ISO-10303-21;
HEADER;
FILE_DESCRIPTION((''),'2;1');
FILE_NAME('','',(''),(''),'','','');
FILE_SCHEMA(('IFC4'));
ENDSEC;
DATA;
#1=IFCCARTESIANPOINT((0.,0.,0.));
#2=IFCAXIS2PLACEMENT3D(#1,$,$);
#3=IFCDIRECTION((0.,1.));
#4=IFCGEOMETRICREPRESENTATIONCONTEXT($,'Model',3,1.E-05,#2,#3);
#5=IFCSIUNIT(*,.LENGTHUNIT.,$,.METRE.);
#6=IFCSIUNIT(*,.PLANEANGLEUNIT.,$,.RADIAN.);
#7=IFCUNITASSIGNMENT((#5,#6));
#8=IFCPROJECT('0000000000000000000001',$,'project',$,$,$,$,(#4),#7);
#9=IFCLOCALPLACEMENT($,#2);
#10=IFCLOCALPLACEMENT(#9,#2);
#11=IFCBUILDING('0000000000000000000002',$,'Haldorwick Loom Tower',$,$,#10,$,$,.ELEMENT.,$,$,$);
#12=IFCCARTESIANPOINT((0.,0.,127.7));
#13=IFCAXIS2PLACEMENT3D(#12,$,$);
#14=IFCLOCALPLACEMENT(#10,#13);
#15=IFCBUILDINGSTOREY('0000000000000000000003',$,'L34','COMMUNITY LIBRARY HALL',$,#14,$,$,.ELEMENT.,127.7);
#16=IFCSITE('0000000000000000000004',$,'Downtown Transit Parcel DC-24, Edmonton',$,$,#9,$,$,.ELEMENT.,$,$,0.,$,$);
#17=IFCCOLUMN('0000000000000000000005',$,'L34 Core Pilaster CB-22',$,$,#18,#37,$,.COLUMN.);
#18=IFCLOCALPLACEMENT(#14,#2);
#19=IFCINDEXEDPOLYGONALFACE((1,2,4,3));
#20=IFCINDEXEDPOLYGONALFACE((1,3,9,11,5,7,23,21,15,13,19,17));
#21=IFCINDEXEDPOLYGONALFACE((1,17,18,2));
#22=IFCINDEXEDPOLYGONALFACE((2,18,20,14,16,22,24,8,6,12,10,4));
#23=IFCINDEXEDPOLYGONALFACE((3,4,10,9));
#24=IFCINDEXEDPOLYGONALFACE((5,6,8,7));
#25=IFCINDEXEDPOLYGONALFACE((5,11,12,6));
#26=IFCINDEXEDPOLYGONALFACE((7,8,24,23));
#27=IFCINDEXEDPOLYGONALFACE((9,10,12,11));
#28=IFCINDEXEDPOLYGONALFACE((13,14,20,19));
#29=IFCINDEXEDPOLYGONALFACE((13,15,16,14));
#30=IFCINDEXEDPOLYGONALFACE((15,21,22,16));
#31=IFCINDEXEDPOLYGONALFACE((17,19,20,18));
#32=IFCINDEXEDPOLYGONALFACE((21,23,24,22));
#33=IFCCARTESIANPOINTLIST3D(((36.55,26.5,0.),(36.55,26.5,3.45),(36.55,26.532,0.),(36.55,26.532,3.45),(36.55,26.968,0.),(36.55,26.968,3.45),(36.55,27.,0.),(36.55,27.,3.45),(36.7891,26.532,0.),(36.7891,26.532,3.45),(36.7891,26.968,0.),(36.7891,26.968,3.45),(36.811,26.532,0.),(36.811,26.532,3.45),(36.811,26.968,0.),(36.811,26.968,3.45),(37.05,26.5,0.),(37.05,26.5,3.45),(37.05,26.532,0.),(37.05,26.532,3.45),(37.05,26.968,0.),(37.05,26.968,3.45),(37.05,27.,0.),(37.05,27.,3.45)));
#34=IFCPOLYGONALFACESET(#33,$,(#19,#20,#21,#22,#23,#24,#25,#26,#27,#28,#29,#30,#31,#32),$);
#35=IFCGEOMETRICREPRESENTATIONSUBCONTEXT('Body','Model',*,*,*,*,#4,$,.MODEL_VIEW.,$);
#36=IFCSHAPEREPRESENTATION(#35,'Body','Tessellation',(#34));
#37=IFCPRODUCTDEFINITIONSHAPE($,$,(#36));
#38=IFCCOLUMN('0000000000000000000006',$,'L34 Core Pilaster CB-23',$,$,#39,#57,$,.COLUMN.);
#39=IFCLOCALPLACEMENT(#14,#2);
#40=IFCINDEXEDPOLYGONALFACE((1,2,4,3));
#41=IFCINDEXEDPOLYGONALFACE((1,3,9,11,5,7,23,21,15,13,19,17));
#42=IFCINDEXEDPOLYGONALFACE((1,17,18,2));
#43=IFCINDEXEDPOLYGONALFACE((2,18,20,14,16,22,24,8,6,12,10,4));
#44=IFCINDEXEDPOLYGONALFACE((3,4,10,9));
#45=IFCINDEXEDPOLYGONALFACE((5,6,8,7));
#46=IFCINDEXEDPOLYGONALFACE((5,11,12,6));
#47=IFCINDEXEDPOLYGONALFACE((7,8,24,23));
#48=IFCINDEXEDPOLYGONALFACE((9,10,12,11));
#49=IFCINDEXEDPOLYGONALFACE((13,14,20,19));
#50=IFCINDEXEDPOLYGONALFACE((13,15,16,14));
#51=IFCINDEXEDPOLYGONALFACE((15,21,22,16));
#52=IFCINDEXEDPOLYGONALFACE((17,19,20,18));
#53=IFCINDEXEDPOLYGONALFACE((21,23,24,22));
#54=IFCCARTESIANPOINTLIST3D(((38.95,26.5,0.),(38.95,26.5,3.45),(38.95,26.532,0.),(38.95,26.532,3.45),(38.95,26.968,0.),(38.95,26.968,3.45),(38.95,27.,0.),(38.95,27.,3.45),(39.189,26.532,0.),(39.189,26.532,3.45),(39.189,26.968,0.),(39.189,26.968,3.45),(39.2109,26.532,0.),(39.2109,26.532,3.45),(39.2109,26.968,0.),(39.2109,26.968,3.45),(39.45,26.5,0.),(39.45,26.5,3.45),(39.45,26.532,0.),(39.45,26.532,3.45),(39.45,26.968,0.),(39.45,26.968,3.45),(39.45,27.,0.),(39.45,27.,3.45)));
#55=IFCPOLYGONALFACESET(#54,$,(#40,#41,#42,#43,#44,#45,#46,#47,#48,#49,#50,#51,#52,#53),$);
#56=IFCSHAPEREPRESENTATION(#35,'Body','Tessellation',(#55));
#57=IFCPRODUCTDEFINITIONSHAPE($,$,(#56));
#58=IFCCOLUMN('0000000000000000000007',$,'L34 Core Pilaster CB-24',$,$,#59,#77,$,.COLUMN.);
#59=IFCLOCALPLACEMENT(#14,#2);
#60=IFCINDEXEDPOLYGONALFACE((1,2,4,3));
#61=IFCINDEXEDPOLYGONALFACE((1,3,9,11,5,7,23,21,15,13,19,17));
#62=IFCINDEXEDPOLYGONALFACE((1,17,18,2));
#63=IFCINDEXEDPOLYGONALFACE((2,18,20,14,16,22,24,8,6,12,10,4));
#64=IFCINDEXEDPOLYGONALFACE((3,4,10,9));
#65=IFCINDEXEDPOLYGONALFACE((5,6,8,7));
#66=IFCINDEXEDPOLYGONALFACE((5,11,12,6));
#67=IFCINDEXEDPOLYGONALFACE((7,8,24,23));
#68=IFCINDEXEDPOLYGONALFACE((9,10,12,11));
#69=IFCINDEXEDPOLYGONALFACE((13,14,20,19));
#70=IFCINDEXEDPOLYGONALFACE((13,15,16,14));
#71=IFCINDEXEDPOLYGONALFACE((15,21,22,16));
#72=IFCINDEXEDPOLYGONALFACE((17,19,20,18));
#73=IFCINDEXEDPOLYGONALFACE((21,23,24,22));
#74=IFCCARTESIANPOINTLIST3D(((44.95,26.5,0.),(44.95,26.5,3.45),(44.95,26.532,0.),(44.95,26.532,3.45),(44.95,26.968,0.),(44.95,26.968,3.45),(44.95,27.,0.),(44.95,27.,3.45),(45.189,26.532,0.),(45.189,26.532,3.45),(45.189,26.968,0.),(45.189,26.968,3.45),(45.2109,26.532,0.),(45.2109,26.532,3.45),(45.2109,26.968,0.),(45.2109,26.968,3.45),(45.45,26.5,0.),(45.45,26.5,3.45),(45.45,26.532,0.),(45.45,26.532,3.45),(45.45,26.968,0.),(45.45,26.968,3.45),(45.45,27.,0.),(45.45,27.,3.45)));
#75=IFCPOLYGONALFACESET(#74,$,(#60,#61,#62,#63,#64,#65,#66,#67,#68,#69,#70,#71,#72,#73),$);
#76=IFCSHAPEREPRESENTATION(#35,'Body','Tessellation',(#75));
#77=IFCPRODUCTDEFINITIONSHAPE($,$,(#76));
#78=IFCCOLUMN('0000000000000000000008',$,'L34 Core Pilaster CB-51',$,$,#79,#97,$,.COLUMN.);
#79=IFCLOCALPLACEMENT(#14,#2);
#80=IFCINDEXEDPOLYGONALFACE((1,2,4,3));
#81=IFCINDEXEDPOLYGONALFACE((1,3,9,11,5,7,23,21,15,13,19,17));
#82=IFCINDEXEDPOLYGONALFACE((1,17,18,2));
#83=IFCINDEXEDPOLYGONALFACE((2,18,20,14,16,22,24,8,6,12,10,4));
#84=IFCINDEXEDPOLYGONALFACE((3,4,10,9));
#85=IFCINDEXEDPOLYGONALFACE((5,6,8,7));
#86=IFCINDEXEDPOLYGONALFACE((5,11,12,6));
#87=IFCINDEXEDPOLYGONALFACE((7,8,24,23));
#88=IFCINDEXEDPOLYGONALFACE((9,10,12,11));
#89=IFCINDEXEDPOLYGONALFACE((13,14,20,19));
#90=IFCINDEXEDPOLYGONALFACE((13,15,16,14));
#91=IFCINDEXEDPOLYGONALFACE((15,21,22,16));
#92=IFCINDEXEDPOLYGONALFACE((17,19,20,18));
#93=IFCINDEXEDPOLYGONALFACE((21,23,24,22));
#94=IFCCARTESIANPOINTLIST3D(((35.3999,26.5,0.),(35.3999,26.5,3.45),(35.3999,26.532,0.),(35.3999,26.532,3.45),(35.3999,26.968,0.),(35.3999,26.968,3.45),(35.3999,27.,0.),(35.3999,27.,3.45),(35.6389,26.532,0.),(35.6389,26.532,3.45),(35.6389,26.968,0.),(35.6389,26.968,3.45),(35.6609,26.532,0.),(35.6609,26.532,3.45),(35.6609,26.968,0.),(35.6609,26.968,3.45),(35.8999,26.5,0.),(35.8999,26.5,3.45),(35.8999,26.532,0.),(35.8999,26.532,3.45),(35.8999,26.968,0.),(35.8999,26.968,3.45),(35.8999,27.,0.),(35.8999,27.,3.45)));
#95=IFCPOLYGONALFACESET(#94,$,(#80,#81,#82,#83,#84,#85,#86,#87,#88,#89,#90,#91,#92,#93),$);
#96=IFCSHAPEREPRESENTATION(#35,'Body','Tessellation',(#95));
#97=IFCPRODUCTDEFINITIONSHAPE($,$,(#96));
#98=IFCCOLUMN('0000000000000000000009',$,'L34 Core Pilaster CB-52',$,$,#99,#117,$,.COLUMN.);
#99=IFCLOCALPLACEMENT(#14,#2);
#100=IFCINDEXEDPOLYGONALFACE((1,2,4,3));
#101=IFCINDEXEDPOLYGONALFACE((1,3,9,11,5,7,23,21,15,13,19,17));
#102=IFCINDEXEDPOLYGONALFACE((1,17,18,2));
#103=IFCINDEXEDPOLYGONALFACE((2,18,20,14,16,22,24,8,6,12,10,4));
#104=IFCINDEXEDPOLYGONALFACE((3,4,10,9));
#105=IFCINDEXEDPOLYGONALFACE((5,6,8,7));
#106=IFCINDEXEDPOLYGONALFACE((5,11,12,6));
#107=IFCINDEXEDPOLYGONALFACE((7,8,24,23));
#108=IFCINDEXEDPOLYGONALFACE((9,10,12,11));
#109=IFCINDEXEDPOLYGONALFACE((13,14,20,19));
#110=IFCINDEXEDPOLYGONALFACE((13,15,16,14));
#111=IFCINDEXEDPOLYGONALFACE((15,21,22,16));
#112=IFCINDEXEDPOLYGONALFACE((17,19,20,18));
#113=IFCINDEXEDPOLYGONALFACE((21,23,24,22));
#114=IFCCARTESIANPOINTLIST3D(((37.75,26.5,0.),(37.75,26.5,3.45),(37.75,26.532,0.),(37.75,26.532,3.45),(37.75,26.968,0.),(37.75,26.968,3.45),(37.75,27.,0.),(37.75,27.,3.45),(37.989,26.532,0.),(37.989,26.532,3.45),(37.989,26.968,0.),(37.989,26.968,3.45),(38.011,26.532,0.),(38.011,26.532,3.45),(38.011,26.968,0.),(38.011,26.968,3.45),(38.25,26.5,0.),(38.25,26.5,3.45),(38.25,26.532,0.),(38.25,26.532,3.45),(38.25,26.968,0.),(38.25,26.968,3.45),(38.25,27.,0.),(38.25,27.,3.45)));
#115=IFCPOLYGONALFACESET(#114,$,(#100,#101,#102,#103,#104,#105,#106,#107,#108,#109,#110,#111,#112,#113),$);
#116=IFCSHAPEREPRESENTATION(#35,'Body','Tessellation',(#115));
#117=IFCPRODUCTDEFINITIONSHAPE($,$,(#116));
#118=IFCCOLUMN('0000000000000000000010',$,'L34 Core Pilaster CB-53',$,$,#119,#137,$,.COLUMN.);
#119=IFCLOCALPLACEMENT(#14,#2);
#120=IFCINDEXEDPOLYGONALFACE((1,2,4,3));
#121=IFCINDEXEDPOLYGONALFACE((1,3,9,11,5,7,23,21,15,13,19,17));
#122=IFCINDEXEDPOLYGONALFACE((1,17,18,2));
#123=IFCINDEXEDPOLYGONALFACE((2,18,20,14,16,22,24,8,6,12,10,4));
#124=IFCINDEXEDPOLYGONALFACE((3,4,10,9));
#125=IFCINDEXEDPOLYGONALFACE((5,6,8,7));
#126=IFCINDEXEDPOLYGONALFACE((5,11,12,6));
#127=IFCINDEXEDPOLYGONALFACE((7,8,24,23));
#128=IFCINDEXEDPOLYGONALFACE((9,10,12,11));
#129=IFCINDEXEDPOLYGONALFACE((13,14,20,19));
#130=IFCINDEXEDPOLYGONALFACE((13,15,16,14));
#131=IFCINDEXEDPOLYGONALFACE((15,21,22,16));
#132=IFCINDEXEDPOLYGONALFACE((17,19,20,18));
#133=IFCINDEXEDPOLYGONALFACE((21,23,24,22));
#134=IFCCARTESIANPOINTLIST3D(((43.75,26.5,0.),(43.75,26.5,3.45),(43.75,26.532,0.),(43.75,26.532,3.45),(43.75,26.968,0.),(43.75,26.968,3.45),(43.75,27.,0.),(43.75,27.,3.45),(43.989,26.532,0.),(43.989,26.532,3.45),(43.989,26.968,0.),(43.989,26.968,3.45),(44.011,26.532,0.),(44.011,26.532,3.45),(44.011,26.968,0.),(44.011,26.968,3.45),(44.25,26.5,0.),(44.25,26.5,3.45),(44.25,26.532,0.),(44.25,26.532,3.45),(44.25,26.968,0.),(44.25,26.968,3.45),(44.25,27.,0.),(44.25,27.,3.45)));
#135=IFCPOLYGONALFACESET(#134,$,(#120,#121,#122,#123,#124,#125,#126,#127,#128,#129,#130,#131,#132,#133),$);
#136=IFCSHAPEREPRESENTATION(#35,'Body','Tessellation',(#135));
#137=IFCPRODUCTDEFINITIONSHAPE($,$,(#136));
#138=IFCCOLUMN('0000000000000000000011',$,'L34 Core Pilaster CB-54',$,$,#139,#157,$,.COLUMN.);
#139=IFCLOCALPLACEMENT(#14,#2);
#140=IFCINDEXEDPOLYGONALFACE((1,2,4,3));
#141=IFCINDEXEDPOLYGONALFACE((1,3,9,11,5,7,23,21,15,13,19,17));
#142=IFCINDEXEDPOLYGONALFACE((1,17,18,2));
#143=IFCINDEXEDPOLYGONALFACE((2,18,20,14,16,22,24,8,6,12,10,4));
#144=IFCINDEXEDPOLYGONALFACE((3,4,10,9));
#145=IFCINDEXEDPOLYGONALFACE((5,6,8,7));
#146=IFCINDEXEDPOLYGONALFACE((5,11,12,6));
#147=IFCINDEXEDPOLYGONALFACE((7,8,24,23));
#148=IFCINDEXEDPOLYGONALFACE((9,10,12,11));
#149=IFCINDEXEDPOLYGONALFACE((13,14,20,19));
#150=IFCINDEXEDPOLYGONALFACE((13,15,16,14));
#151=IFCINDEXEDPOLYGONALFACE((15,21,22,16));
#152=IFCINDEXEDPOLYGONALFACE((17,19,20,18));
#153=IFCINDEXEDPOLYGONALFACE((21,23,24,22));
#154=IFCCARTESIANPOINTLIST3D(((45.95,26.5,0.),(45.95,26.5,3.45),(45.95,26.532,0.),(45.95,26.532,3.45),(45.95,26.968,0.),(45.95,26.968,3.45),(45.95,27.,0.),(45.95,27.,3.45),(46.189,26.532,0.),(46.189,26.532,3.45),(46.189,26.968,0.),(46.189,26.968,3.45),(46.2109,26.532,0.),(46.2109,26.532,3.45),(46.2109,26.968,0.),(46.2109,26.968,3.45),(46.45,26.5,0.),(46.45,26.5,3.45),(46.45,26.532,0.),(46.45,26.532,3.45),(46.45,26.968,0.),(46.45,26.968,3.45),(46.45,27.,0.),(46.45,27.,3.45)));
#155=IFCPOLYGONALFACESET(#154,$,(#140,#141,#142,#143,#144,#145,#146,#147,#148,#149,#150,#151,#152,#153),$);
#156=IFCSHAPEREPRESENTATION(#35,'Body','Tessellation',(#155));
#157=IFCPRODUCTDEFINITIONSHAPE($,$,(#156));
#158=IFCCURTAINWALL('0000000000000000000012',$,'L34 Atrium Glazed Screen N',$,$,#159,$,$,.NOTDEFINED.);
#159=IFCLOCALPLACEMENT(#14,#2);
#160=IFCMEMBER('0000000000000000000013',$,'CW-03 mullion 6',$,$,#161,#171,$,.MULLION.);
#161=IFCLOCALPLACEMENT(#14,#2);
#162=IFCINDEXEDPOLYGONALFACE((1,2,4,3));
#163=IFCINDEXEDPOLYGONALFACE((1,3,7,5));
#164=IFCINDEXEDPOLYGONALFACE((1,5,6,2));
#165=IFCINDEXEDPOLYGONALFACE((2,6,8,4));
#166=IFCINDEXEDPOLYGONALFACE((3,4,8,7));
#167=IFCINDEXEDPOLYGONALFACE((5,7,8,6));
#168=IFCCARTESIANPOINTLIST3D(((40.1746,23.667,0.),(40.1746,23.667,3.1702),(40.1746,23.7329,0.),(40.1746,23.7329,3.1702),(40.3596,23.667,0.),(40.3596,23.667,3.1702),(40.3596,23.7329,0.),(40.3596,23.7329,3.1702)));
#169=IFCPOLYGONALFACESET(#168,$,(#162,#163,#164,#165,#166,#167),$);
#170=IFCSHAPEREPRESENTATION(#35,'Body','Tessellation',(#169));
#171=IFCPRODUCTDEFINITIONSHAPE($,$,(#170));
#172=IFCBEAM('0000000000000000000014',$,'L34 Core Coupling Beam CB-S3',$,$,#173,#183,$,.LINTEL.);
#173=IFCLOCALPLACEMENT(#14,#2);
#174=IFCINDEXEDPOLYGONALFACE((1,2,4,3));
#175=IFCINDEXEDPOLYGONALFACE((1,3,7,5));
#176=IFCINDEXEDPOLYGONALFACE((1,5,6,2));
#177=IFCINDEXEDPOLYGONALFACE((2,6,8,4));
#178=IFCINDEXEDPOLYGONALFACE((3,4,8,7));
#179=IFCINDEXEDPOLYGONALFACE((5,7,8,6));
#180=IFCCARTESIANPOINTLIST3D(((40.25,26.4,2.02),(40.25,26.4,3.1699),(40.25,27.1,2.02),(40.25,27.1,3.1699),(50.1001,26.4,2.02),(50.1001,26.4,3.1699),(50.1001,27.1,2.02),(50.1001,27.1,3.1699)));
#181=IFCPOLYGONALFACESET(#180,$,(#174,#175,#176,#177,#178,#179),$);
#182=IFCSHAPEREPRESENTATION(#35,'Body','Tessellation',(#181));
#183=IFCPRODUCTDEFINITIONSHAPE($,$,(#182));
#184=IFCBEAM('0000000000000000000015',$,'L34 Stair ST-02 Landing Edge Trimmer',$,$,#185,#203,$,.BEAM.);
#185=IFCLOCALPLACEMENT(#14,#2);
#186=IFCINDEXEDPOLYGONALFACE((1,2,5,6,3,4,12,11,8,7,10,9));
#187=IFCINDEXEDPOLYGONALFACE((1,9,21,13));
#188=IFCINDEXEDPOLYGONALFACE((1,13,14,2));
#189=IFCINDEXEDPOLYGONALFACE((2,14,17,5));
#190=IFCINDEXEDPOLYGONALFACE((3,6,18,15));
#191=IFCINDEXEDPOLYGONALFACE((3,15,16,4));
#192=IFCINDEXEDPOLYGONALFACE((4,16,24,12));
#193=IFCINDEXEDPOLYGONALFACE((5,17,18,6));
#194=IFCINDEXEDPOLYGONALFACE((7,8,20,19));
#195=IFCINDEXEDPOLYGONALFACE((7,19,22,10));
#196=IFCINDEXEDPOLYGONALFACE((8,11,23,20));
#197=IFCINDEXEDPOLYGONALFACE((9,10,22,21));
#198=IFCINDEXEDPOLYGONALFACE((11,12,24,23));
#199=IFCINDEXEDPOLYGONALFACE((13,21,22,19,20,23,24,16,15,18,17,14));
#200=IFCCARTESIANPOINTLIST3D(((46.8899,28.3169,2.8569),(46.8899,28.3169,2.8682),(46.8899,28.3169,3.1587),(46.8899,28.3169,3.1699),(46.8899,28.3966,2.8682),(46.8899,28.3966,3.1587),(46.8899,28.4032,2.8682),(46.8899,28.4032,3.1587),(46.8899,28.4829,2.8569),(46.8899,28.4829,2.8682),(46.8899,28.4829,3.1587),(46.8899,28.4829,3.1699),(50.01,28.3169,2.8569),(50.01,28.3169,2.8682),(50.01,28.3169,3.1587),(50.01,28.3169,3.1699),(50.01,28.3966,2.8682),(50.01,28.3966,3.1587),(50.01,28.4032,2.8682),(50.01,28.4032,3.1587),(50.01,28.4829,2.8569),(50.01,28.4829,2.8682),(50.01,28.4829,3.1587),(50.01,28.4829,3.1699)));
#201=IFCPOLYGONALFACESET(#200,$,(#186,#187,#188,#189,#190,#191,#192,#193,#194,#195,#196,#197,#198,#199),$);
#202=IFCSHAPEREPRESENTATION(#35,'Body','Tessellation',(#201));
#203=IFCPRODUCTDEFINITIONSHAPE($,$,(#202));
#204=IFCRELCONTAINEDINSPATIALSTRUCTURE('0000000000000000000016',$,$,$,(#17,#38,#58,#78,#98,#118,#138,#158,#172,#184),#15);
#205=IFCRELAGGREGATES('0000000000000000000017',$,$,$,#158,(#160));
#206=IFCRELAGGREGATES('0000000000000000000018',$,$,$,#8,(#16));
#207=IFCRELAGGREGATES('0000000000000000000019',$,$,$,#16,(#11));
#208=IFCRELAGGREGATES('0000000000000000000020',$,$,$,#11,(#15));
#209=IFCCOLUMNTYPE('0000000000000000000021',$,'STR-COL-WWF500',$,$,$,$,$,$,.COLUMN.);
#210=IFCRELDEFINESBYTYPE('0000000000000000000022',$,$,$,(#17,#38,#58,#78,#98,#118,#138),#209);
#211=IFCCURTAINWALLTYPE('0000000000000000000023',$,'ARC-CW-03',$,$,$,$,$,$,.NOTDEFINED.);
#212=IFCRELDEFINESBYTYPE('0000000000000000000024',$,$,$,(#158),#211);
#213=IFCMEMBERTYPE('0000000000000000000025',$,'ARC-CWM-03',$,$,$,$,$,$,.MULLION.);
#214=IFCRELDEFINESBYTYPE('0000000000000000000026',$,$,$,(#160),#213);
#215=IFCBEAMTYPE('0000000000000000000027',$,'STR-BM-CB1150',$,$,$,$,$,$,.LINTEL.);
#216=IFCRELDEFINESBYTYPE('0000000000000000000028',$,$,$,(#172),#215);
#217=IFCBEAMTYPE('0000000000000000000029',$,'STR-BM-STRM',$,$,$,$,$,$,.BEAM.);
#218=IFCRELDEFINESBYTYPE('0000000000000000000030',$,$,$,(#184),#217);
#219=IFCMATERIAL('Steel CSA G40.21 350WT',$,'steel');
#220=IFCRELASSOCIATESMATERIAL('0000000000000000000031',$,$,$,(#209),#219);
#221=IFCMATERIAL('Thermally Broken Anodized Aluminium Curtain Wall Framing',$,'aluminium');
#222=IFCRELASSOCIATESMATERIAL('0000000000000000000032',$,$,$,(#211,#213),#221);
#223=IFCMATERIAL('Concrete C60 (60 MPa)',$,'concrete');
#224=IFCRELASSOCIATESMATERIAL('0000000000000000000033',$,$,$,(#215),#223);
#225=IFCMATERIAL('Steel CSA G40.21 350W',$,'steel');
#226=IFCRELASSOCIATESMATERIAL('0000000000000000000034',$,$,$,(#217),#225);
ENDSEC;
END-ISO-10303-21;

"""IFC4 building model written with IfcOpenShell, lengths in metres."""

from ifc_helpers import new_model, si_unit, direction, frame, origin, origin_2d, place, context, subcontext, project, spatial, rectangle, i_section, extrude, material, material_profile, profile_set, type_object, element, aggregate, save


model = new_model("IFC4")

# Units and contexts
model_context = context("Model", 3, precision=1e-05, world=origin(), true_north=direction((0.0, 1.0)))
body_context = subcontext(model_context, "Body", "Model", "MODEL_VIEW")
ifc_project = project(units=[si_unit("LENGTHUNIT", "METRE"), si_unit("PLANEANGLEUNIT", "RADIAN")], contexts=[model_context])

# Site, building, storey
site_placement = place(None, origin())
site = spatial("IfcSite", under=ifc_project, at=site_placement, Name="Downtown Transit Parcel DC-24, Edmonton", CompositionType="ELEMENT", RefElevation=0.0)
building_placement = place(site_placement, origin())
building = spatial("IfcBuilding", under=site, at=building_placement, Name="Haldorwick Loom Tower", CompositionType="ELEMENT")
storey_placement = place(building_placement, frame((0.0, 0.0, 127.7)))
storey = spatial("IfcBuildingStorey", under=building, at=storey_placement, Name="L34", Description="COMMUNITY LIBRARY HALL", CompositionType="ELEMENT", Elevation=127.7)

# Columns
ifc_material_1 = material(Name="Steel CSA G40.21 350WT", Category="steel")
ifc_material_profile_1 = material_profile(ifc_material_1, i_section(OverallWidth=0.5, OverallDepth=0.5, WebThickness=0.022, FlangeThickness=0.032, at=origin_2d()), Name="WWF500X500", Category="steel")
ifc_profile_set_1 = profile_set([ifc_material_profile_1], Name="Steel CSA G40.21 350WT")
column_type = type_object("IfcColumnType", Name="STR-COL-WWF500", PredefinedType="COLUMN", material=ifc_profile_set_1)
for number, where, z_axis, x_axis, name in (
    (1, (36.8, 26.75, 0.0), (0.0, 0.0, 1.0), (1.0, 0.0, 0.0), "L34 Core Pilaster CB-22"),
    (2, (39.2, 26.75, 0.0), (0.0, 0.0, 1.0), (1.0, 0.0, 0.0), "L34 Core Pilaster CB-23"),
    (3, (45.2, 26.75, 0.0), (0.0, 0.0, 1.0), (1.0, 0.0, 0.0), "L34 Core Pilaster CB-24"),
    (4, (35.6499, 26.75, 0.0), (0.0, 0.0, 1.0), (1.0, 0.0, 0.0), "L34 Core Pilaster CB-51"),
    (5, (38.0, 26.75, 0.0), (0.0, 0.0, 1.0), (1.0, 0.0, 0.0), "L34 Core Pilaster CB-52"),
    (6, (44.0, 26.75, 0.0), (0.0, 0.0, 1.0), (1.0, 0.0, 0.0), "L34 Core Pilaster CB-53"),
    (7, (46.2, 26.75, 0.0), (0.0, 0.0, 1.0), (1.0, 0.0, 0.0), "L34 Core Pilaster CB-54"),
):
    element("IfcColumn", number, at=place(storey_placement, frame(where, z_axis=z_axis, x_axis=x_axis)), inside=storey, type_object=column_type, Name=name, PredefinedType="COLUMN", context=body_context, shape_type="SweptSolid", body=[
        extrude(i_section(OverallWidth=0.5, OverallDepth=0.5, WebThickness=0.022, FlangeThickness=0.032, at=origin_2d()), origin(), (0.0, 0.0, 1.0), 3.45),
    ])

# Curtain wall, member
ifc_material_2 = material(Name="Thermally Broken Anodized Aluminium Curtain Wall Framing", Category="aluminium")
curtain_wall_type = type_object("IfcCurtainWallType", Name="ARC-CW-03", PredefinedType="NOTDEFINED", material=ifc_material_2)
curtain_wall_placement = place(storey_placement, origin())
curtain_wall = element("IfcCurtainWall", 8, at=curtain_wall_placement, inside=storey, type_object=curtain_wall_type, Name="L34 Atrium Glazed Screen N", PredefinedType="NOTDEFINED")
ifc_material_profile_2 = material_profile(ifc_material_2, rectangle(XDim=0.0659, YDim=0.1851, at=origin_2d()), Name="ALU_MUL_66X185", Category="aluminium")
ifc_profile_set_2 = profile_set([ifc_material_profile_2], Name="Thermally Broken Anodized Aluminium Curtain Wall Framing")
member_type = type_object("IfcMemberType", Name="ARC-CWM-03", PredefinedType="MULLION", material=ifc_profile_set_2)
member_placement = place(storey_placement, frame((40.2671, 23.7, 0.0), z_axis=(0.0, 0.0, 1.0), x_axis=(0.0, 1.0, 0.0)))
member = element("IfcMember", 9, at=member_placement, type_object=member_type, Name="CW-03 mullion 6", PredefinedType="MULLION", context=body_context, shape_type="SweptSolid", body=[
    extrude(rectangle(XDim=0.0659, YDim=0.1851, at=origin_2d()), origin(), (0.0, 0.0, 1.0), 3.1702),
])
aggregate(curtain_wall, [member])

# Beams
ifc_material_3 = material(Name="Concrete C60 (60 MPa)", Category="concrete")
ifc_material_profile_3 = material_profile(ifc_material_3, rectangle(XDim=0.7, YDim=1.1499, at=origin_2d()), Name="RC700X1150", Category="concrete")
ifc_profile_set_3 = profile_set([ifc_material_profile_3], Name="Concrete C60 (60 MPa)")
beam_type_1 = type_object("IfcBeamType", Name="STR-BM-CB1150", PredefinedType="LINTEL", material=ifc_profile_set_3)
beam_placement = place(storey_placement, frame((40.25, 26.75, 2.595), z_axis=(1.0, 0.0, 0.0), x_axis=(0.0, 1.0, 0.0)))
element("IfcBeam", 10, at=beam_placement, inside=storey, type_object=beam_type_1, Name="L34 Core Coupling Beam CB-S3", PredefinedType="LINTEL", context=body_context, shape_type="SweptSolid", body=[
    extrude(rectangle(XDim=0.7, YDim=1.1499, at=origin_2d()), origin(), (0.0, 0.0, 1.0), 9.8501),
])
ifc_material_4 = material(Name="Steel CSA G40.21 350W", Category="steel")
ifc_material_profile_4 = material_profile(ifc_material_4, i_section(OverallWidth=0.166, OverallDepth=0.313, WebThickness=0.0066, FlangeThickness=0.0112, at=origin_2d()), Name="W310X45", Category="steel")
ifc_profile_set_4 = profile_set([ifc_material_profile_4], Name="Steel CSA G40.21 350W")
beam_type_2 = type_object("IfcBeamType", Name="STR-BM-STRM", PredefinedType="BEAM", material=ifc_profile_set_4)
for number, where, z_axis, x_axis, name in (
    (11, (46.8899, 28.3999, 3.0134), (1.0, 0.0, 0.0), (0.0, 1.0, 0.0), "L34 Stair ST-02 Landing Edge Trimmer"),
):
    element("IfcBeam", number, at=place(storey_placement, frame(where, z_axis=z_axis, x_axis=x_axis)), inside=storey, type_object=beam_type_2, Name=name, PredefinedType="BEAM", context=body_context, shape_type="SweptSolid", body=[
        extrude(i_section(OverallWidth=0.166, OverallDepth=0.313, WebThickness=0.0066, FlangeThickness=0.0112, at=origin_2d()), origin(), (0.0, 0.0, 1.0), 3.1201),
    ])

save(model, "model.ifc")
